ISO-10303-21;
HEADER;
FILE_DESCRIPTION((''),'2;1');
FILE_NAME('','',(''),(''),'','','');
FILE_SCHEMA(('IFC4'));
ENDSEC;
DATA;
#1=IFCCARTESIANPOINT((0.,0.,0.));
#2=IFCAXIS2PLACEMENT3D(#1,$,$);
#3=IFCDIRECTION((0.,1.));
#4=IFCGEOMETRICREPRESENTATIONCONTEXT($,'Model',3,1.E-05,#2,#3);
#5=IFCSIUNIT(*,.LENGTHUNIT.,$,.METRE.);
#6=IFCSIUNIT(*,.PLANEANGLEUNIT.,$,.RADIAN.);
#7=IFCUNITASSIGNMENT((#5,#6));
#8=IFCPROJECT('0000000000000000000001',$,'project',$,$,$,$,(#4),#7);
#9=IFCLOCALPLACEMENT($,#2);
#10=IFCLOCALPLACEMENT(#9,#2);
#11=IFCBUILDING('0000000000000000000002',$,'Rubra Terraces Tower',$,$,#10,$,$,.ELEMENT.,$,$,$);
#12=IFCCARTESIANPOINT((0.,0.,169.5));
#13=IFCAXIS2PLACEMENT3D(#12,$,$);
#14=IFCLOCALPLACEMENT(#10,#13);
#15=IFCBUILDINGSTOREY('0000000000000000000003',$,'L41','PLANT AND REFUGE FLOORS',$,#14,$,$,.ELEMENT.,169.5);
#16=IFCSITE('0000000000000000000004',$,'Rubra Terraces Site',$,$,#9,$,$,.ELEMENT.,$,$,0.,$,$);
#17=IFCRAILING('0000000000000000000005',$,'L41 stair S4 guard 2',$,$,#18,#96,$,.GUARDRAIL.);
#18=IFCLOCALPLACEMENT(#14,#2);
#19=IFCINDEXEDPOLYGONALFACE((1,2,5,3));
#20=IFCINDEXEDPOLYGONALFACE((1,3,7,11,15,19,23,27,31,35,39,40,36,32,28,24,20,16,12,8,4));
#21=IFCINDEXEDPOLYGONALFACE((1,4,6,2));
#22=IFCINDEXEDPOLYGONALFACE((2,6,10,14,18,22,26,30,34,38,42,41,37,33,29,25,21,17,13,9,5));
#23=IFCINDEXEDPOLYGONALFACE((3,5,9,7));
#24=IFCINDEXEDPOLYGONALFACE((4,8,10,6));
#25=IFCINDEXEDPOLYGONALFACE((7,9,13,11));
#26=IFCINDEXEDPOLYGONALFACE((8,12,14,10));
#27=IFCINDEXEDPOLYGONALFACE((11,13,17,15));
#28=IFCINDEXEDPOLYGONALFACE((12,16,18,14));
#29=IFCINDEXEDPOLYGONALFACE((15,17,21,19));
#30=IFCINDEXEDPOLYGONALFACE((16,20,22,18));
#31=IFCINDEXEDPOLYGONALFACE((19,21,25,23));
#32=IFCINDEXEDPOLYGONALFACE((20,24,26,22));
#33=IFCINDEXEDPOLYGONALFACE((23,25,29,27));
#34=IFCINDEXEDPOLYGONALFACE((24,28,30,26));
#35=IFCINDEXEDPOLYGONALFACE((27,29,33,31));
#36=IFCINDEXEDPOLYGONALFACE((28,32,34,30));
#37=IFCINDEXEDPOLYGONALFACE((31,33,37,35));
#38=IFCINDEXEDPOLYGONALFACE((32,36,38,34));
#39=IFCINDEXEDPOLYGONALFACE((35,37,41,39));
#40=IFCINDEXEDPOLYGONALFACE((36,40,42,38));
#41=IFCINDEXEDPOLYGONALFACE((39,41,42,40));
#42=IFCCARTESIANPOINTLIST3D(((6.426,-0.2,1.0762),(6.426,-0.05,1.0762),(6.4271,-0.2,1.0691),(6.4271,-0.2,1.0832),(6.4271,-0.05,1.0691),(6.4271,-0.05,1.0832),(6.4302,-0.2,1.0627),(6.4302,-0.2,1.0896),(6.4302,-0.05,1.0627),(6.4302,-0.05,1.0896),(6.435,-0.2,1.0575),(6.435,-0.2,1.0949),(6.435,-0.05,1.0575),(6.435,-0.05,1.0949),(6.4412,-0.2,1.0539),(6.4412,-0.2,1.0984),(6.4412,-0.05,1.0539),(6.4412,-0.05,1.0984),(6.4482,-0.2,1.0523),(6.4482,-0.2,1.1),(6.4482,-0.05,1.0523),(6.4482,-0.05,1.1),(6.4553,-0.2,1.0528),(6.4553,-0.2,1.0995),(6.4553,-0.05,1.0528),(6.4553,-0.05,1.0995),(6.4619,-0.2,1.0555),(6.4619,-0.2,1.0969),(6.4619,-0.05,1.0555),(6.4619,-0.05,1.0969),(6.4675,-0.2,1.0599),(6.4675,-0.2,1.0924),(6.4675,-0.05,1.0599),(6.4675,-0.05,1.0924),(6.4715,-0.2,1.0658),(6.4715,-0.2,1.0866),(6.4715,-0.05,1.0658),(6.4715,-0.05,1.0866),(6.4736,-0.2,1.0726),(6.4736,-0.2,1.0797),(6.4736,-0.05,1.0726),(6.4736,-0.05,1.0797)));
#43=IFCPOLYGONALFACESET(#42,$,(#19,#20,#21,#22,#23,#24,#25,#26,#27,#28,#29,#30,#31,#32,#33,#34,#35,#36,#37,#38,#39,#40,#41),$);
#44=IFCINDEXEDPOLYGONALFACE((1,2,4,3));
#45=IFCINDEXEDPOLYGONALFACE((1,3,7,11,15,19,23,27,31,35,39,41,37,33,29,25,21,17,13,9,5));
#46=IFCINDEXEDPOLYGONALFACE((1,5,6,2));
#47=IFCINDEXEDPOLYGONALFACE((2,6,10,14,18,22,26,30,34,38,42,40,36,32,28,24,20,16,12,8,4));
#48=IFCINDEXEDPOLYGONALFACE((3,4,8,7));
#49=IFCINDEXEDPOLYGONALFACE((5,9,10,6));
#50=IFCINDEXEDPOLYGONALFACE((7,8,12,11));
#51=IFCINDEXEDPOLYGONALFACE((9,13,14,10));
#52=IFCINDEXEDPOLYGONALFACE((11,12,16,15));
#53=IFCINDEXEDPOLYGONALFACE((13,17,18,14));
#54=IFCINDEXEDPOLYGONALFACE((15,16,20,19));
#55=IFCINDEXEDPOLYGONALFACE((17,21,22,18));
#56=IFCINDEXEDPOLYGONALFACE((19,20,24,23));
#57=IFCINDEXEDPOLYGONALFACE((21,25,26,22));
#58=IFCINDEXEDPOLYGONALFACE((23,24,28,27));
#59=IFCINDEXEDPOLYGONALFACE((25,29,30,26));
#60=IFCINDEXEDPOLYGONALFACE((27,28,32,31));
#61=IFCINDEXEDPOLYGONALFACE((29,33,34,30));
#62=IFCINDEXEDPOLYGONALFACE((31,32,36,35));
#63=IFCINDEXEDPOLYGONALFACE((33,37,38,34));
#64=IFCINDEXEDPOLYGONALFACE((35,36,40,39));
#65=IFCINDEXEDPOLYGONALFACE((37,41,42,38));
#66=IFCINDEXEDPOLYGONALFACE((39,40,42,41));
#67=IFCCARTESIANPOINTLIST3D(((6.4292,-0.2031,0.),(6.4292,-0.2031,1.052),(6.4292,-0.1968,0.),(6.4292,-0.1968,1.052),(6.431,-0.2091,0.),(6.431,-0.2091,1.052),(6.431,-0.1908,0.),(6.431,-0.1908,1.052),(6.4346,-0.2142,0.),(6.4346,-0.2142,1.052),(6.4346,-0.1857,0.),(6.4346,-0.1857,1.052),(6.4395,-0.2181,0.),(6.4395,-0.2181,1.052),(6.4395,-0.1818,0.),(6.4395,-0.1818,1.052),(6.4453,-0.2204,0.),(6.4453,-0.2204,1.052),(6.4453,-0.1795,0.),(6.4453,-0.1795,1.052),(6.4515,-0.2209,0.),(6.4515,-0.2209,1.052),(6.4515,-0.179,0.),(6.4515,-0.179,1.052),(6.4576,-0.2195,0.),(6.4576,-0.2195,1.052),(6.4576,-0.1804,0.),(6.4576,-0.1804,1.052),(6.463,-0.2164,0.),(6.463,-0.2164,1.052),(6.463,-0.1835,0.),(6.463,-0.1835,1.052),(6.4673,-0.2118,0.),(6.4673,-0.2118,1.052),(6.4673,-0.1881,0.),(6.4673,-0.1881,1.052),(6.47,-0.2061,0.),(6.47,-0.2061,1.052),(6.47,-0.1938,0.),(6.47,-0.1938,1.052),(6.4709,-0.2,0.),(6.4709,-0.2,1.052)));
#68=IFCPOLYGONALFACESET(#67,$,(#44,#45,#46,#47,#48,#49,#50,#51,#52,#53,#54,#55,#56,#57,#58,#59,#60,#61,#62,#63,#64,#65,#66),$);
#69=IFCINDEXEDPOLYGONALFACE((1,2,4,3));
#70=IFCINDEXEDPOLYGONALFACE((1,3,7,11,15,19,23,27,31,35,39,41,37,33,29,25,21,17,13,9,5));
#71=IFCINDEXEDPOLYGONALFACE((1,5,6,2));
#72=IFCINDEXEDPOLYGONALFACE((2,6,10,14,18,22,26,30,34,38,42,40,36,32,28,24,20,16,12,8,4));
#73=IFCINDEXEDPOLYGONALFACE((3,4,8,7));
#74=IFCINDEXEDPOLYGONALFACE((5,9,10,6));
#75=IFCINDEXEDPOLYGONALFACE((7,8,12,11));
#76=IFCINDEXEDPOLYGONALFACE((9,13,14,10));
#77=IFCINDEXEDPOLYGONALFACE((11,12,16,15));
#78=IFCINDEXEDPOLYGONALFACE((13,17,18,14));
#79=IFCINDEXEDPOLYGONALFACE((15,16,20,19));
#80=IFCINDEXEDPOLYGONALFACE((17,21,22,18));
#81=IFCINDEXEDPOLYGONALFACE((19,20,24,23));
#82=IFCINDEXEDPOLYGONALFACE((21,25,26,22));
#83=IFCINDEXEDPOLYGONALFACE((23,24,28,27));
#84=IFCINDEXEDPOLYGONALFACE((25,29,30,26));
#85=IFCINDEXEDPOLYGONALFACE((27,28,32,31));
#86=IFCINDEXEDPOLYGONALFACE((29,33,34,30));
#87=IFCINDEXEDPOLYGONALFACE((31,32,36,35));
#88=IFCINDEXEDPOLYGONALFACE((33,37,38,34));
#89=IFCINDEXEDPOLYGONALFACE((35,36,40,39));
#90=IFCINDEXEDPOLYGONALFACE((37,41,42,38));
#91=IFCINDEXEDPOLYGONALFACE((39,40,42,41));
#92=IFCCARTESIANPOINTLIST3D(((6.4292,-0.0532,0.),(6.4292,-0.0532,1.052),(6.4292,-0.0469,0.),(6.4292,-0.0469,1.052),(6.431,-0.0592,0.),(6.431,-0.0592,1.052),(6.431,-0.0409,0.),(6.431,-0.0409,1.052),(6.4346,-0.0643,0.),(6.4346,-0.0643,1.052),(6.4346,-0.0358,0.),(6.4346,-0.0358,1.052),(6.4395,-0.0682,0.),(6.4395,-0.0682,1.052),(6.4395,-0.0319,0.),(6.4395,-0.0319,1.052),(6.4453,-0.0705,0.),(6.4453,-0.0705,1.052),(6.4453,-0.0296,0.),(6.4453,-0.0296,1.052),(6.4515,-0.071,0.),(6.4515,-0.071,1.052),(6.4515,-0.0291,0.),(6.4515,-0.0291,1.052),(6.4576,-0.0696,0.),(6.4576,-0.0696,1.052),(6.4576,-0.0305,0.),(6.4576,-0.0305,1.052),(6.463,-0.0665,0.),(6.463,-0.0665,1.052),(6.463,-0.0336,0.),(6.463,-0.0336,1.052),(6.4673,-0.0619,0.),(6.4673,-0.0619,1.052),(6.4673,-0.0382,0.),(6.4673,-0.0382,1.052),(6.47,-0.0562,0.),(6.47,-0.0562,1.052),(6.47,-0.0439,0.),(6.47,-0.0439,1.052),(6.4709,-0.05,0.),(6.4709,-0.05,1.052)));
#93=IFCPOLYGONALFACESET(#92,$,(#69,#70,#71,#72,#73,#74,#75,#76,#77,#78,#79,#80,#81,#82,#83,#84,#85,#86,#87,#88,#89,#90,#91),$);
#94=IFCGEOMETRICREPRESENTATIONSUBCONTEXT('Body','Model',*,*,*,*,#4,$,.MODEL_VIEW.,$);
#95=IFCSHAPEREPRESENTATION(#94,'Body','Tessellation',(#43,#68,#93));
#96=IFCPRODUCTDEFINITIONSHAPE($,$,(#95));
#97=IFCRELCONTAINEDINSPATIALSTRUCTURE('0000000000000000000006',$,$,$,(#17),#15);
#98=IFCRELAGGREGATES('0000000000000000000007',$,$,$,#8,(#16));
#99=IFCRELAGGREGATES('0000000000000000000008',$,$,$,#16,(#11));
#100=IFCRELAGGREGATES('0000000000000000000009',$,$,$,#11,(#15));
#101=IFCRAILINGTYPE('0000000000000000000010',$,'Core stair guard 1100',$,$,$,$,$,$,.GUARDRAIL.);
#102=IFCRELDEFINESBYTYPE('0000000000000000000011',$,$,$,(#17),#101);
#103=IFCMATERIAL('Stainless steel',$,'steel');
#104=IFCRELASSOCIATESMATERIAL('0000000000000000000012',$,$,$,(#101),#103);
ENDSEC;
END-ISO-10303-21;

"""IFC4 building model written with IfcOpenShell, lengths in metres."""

from ifc_helpers import new_model, si_unit, direction, frame, origin, origin_2d, place, context, subcontext, project, spatial, circle, extrude, material, type_object, element, save


model = new_model("IFC4")

# Units and contexts
model_context = context("Model", 3, precision=1e-05, world=origin(), true_north=direction((0.0, 1.0)))
body_context = subcontext(model_context, "Body", "Model", "MODEL_VIEW")
ifc_project = project(units=[si_unit("LENGTHUNIT", "METRE"), si_unit("PLANEANGLEUNIT", "RADIAN")], contexts=[model_context])

# Site, building, storey
site_placement = place(None, origin())
site = spatial("IfcSite", under=ifc_project, at=site_placement, Name="Rubra Terraces Site", CompositionType="ELEMENT", RefElevation=0.0)
building_placement = place(site_placement, origin())
building = spatial("IfcBuilding", under=site, at=building_placement, Name="Rubra Terraces Tower", CompositionType="ELEMENT")
storey_placement = place(building_placement, frame((0.0, 0.0, 169.5)))
storey = spatial("IfcBuildingStorey", under=building, at=storey_placement, Name="L41", Description="PLANT AND REFUGE FLOORS", CompositionType="ELEMENT", Elevation=169.5)

# Railing
ifc_material_1 = material(Name="Stainless steel", Category="steel")
railing_type_1 = type_object("IfcRailingType", Name="Core stair guard 1100", PredefinedType="GUARDRAIL", material=ifc_material_1)
railing_1_placement = place(storey_placement, frame((6.45, -0.2, 0.0)))
element("IfcRailing", 1, at=railing_1_placement, inside=storey, type_object=railing_type_1, Name="L41 stair S4 guard 2", PredefinedType="GUARDRAIL", context=body_context, shape_type="SweptSolid", body=[
    extrude(circle(Radius=0.0239, at=origin_2d()), frame((0.0, 0.0, 1.0762), z_axis=(0.0, 1.0, 0.0), x_axis=(-1.0, 0.0, 0.0)), (0.0, 0.0, 1.0), 0.1499),
    extrude(circle(Radius=0.021, at=origin_2d()), origin(), (0.0, 0.0, 1.0), 1.052),
    extrude(circle(Radius=0.021, at=origin_2d()), frame((0.0, 0.1499, 0.0)), (0.0, 0.0, 1.0), 1.052),
])

save(model, "model.ifc")
